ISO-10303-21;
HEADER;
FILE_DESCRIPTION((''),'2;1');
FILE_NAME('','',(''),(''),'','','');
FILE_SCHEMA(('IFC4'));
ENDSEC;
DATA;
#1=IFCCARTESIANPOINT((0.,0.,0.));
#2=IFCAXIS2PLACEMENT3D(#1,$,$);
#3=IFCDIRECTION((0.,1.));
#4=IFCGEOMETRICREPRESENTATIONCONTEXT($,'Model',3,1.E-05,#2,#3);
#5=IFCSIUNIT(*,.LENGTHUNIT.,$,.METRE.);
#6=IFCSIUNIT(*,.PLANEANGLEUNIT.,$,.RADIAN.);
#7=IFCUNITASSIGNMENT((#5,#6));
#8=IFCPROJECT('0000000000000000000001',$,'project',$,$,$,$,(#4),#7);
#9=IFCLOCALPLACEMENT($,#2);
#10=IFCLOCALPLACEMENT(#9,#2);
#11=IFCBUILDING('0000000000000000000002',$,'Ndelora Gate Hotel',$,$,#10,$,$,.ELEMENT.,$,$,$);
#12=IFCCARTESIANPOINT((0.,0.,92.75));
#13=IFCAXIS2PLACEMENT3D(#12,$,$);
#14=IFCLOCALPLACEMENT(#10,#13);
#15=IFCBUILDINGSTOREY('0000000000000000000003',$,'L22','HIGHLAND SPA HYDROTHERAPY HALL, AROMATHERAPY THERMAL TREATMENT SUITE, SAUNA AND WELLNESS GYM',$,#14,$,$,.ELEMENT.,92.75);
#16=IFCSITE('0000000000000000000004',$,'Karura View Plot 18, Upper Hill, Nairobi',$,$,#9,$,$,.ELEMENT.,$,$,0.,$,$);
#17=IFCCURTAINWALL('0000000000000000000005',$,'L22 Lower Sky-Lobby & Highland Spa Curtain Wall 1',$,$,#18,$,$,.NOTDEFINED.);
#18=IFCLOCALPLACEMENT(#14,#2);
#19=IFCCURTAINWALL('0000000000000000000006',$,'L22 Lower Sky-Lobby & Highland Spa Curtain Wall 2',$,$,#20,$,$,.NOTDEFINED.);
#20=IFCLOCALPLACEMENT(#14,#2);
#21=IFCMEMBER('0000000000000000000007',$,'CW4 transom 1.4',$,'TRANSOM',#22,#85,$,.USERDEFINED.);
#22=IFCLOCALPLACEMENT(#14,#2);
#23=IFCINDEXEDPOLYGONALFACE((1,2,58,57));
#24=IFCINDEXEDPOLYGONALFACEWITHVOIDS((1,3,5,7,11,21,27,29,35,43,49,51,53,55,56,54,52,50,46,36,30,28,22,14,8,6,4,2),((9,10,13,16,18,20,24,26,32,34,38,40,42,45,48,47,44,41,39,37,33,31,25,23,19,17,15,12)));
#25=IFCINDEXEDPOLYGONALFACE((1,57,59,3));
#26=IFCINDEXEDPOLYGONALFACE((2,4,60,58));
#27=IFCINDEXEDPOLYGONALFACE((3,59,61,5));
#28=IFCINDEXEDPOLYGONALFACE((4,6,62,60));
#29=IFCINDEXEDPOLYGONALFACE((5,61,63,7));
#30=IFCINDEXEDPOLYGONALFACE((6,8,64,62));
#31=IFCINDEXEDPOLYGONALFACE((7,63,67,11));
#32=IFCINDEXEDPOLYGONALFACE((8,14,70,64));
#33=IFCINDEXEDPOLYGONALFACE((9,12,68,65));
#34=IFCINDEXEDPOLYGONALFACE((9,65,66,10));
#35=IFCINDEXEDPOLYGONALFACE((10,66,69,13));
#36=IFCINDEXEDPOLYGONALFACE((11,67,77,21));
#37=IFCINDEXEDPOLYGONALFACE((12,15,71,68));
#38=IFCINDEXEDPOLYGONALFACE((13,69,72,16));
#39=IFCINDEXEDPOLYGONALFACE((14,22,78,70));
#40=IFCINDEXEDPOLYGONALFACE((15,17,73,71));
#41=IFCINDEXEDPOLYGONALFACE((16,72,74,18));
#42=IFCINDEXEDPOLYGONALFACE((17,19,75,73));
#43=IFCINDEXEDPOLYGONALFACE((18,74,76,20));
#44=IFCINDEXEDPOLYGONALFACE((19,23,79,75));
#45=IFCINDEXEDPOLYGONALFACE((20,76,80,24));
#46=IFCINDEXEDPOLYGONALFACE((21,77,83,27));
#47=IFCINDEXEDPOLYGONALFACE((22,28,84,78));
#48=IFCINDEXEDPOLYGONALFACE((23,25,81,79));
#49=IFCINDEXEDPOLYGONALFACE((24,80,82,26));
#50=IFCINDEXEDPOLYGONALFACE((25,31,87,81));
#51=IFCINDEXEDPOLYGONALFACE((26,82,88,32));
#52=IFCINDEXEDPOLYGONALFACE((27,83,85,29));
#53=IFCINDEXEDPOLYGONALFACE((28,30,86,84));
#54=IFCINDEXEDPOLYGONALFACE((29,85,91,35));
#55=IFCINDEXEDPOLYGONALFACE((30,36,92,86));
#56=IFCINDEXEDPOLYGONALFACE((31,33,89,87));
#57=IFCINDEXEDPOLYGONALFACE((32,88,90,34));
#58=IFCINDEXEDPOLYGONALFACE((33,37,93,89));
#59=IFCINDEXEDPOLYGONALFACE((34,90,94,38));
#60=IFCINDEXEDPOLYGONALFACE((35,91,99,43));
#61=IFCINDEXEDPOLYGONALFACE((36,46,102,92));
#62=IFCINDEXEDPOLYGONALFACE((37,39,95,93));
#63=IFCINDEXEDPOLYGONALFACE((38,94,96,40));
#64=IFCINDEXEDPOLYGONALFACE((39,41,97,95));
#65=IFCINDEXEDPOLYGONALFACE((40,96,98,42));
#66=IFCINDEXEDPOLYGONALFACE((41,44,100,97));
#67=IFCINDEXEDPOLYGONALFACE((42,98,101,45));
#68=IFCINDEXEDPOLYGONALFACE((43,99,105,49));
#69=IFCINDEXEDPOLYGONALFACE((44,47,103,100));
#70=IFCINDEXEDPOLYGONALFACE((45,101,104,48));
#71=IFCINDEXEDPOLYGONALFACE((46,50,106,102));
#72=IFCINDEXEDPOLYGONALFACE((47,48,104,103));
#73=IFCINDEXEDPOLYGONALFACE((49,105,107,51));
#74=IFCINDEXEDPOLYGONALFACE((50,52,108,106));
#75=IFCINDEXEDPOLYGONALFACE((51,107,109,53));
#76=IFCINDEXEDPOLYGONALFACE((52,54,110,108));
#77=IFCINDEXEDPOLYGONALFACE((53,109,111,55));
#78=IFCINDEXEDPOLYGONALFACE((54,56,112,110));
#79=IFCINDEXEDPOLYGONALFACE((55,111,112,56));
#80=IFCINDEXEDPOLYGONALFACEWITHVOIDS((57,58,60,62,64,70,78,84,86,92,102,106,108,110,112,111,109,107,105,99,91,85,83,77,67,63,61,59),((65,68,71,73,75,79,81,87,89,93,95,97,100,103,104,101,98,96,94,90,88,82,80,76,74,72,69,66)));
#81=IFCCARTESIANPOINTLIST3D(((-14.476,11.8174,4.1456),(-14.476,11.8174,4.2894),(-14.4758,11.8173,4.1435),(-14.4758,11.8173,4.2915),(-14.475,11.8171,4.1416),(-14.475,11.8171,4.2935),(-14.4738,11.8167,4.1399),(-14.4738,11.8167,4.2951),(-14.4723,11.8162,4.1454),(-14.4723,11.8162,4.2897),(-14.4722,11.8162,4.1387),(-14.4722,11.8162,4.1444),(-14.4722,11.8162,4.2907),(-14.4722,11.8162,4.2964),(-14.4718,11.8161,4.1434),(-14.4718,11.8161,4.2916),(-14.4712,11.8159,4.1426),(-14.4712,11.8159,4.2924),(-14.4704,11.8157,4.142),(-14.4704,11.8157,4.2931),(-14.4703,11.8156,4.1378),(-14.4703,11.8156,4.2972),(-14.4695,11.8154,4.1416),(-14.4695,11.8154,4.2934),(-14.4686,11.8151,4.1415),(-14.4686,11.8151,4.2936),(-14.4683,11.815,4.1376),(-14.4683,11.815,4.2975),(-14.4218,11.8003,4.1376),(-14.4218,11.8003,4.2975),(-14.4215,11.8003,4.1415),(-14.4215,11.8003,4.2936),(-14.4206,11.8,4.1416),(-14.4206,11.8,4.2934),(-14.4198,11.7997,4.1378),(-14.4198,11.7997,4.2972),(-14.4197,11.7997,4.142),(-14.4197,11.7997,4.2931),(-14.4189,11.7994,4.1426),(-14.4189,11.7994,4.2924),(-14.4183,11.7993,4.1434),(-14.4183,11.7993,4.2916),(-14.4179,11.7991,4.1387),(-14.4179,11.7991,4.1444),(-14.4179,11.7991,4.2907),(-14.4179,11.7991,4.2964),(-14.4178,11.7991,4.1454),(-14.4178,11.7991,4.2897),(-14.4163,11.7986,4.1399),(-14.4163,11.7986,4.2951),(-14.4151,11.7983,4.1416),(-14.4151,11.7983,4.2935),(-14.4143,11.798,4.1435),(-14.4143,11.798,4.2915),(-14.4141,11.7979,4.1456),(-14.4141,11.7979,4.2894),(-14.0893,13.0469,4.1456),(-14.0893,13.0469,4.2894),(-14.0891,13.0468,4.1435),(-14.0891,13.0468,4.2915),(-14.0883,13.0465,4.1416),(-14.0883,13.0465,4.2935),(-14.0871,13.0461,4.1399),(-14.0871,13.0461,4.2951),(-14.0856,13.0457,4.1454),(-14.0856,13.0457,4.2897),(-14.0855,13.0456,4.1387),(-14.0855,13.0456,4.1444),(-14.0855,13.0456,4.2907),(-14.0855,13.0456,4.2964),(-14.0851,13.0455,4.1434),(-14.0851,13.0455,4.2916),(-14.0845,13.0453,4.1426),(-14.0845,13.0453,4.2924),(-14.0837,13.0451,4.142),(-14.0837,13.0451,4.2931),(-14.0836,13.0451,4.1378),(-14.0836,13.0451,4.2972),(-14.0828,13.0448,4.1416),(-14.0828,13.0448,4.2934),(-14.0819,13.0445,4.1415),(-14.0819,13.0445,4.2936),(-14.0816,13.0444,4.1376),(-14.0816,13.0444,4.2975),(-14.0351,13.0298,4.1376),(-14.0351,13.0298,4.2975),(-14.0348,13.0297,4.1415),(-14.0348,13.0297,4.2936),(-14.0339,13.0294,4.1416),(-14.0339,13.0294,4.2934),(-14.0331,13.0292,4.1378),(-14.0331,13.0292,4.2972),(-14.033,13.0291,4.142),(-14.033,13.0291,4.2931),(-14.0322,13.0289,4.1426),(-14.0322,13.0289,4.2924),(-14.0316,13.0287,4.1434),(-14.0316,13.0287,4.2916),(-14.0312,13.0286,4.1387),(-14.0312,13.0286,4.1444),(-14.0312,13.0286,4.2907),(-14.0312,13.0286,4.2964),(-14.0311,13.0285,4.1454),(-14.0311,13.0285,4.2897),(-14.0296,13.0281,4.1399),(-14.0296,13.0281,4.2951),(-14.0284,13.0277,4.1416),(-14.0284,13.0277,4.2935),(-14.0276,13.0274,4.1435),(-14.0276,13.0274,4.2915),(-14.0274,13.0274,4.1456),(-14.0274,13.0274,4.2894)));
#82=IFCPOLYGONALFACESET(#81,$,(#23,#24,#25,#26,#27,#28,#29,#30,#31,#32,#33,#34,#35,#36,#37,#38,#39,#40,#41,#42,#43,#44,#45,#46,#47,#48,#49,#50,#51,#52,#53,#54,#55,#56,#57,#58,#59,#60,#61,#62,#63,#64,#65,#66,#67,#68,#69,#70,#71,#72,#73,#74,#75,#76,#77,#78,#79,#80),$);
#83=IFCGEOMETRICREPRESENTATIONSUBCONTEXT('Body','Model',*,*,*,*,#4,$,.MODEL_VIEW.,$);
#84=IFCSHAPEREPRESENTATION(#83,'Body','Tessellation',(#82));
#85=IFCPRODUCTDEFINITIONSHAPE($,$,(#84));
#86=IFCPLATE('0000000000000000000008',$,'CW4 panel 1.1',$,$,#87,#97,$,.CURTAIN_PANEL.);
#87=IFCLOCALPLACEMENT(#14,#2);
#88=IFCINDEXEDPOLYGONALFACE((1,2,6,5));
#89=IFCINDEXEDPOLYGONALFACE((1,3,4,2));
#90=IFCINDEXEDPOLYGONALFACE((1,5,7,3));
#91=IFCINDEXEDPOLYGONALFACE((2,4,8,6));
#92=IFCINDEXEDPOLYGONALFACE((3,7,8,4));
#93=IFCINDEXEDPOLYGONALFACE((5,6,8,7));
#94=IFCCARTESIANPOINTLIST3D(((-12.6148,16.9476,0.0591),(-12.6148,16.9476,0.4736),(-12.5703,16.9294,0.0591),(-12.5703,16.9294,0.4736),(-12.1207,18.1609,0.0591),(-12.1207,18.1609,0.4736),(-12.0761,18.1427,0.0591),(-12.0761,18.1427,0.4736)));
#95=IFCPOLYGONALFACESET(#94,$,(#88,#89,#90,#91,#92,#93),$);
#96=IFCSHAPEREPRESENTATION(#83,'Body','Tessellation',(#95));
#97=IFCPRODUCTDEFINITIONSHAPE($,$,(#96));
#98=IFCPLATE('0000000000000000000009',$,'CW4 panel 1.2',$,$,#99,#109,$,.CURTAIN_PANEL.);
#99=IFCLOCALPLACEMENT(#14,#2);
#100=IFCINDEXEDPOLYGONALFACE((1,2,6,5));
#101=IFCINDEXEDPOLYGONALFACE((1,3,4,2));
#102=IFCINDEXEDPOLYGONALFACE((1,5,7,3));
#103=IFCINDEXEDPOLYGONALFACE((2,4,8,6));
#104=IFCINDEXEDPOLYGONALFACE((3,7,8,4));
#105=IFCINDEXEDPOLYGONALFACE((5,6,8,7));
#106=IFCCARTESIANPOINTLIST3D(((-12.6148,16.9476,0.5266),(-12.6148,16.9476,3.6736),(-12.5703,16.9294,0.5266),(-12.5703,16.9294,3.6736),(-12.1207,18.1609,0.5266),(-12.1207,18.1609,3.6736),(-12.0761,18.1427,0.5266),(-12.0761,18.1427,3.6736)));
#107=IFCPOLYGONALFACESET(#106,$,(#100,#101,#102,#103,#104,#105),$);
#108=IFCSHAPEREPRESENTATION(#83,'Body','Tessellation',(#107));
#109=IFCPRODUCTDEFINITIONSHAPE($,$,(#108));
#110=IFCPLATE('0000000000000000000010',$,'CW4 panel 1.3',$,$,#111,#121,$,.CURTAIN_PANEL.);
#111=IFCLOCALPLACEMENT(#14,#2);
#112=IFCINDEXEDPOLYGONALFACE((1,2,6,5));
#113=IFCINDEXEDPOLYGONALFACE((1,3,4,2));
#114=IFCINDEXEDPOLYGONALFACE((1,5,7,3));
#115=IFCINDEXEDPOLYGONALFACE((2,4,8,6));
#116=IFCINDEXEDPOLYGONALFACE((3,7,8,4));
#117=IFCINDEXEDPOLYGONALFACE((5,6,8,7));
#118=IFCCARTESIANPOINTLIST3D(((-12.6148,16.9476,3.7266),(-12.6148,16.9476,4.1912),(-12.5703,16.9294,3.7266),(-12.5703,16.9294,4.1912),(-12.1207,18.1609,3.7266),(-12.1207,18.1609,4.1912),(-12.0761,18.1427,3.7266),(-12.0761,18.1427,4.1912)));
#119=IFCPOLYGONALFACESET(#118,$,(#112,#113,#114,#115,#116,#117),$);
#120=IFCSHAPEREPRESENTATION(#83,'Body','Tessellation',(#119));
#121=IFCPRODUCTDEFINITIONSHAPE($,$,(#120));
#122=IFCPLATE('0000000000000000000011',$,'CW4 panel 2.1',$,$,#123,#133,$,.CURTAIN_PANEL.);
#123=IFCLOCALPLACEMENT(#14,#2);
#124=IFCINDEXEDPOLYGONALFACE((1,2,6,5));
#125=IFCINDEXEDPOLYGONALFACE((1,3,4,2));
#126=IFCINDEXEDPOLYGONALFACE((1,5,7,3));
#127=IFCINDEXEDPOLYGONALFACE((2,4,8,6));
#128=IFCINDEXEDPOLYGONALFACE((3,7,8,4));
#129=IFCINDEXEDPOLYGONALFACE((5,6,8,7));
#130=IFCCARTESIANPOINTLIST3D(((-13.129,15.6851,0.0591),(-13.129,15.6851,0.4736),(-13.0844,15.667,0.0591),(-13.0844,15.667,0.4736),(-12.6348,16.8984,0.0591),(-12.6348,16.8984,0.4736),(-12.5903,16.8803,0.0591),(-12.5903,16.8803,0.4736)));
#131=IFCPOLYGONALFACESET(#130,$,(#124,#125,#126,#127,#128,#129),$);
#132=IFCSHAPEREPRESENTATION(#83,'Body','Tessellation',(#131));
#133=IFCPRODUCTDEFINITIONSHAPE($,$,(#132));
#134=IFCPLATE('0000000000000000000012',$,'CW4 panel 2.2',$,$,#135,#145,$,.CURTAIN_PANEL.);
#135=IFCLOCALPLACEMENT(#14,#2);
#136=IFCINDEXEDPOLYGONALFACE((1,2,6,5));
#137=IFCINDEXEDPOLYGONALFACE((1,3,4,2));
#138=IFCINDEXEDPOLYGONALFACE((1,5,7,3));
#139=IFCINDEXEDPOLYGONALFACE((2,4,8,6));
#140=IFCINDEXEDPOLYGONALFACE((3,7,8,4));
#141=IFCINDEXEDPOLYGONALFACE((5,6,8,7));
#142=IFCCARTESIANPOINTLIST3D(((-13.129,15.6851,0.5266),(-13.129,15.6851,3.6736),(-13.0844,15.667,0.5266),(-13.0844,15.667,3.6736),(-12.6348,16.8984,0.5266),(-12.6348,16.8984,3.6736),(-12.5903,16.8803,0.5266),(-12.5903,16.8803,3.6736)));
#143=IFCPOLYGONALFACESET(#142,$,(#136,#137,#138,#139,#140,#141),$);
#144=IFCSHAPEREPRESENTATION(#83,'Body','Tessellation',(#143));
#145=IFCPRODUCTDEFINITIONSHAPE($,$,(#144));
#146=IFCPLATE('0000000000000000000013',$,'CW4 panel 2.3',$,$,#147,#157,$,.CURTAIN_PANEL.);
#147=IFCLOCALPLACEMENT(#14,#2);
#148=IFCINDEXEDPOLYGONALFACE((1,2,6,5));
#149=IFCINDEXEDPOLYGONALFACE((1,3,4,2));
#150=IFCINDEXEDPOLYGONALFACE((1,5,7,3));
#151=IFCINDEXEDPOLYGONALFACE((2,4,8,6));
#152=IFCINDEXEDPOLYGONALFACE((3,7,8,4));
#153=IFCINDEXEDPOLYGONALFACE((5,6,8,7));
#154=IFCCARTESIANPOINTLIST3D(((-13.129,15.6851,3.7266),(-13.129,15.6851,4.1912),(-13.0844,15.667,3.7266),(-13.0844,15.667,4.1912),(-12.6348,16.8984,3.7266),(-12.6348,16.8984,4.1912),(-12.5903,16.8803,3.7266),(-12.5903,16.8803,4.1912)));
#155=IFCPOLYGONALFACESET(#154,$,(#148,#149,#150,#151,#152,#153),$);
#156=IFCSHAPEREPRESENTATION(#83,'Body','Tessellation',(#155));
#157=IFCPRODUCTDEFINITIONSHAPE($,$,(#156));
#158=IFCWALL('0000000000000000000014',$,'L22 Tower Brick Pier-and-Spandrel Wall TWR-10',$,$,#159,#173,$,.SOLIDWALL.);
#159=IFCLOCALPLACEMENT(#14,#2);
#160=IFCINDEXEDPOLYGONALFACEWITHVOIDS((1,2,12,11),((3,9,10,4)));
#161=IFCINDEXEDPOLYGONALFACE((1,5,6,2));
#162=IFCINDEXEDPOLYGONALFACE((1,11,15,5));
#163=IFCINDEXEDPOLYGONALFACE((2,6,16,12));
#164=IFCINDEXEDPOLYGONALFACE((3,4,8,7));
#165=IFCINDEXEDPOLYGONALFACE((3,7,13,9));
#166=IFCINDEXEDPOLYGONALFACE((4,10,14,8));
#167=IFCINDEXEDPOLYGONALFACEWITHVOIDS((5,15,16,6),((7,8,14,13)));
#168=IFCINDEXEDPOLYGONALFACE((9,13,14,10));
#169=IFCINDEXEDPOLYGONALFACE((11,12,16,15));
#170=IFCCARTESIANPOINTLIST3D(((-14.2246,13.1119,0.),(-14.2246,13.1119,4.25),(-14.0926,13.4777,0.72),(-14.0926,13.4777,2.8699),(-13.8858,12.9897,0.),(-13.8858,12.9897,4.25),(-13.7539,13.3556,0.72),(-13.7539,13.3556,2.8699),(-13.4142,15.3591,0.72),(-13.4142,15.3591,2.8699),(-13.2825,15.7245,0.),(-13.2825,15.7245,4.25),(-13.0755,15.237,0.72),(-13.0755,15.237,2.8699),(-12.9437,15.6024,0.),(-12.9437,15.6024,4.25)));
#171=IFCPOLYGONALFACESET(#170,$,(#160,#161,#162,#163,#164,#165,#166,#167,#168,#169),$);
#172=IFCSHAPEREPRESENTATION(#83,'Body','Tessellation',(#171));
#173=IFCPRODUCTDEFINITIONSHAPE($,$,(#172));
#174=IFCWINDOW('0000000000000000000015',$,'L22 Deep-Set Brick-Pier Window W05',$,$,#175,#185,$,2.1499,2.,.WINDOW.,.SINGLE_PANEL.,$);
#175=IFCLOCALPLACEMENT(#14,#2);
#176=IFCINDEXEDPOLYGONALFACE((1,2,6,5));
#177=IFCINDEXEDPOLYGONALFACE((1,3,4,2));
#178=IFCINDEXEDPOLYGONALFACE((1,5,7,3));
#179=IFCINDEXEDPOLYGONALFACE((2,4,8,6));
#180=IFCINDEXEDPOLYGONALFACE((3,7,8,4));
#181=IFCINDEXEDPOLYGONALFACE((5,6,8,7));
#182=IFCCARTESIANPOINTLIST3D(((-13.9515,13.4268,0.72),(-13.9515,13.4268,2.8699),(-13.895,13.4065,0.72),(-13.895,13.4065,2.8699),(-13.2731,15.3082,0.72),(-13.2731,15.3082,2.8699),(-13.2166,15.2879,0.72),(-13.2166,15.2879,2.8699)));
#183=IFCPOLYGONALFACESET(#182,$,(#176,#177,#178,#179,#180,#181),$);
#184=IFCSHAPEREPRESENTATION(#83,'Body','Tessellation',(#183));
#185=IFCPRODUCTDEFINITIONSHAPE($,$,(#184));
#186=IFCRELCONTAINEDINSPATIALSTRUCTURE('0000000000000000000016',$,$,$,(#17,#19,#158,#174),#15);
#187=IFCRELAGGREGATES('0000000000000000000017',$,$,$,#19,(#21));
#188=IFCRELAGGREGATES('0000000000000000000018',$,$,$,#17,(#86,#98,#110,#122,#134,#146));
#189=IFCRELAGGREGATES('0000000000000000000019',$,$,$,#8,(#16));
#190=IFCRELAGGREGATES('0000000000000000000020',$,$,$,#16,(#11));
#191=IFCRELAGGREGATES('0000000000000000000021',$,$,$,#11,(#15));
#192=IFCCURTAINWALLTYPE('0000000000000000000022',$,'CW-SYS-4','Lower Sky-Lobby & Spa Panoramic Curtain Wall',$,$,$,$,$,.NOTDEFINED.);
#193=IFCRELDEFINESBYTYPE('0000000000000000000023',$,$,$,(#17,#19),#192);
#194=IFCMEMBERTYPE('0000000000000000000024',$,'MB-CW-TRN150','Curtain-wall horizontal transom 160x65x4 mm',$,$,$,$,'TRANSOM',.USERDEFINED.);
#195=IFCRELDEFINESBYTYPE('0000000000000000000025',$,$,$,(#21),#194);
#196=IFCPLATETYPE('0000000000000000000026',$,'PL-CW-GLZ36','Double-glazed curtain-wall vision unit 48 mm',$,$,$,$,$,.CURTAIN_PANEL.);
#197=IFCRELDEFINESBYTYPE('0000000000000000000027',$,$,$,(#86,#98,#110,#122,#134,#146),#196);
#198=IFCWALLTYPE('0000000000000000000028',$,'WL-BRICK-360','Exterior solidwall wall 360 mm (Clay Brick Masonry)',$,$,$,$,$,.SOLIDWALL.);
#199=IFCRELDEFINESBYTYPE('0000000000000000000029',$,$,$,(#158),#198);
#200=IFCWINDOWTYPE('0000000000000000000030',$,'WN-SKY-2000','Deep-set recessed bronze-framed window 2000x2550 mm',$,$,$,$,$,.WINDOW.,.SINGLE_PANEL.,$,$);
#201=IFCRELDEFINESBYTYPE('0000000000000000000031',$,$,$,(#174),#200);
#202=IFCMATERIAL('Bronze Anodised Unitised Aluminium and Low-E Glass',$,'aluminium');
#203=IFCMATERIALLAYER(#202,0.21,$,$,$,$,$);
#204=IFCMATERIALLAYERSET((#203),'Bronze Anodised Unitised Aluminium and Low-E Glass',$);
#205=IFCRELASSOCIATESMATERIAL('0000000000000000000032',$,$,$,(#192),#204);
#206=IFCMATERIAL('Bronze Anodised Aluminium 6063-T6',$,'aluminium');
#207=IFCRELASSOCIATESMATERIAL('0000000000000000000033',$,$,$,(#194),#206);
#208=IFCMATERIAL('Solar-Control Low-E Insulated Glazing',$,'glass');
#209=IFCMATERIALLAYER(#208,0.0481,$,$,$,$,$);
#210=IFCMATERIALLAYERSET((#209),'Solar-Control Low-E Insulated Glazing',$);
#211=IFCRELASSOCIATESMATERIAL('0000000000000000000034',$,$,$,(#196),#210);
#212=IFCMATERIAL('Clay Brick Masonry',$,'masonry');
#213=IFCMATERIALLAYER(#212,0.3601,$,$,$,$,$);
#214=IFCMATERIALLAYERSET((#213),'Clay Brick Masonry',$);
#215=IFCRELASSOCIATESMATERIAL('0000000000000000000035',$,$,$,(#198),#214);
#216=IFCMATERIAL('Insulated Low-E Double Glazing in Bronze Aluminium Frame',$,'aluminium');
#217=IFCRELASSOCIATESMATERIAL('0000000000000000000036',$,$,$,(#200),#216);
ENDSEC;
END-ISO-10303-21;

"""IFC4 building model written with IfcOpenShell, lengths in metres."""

from ifc_helpers import new_model, si_unit, direction, frame, frame_2d, origin, origin_2d, place, context, subcontext, project, spatial, rectangle, hollow_rectangle, extrude, material, layer, layer_set, material_profile, profile_set, type_object, element, fill, aggregate, save


model = new_model("IFC4")

# Units and contexts
model_context = context("Model", 3, precision=1e-05, world=origin(), true_north=direction((0.0, 1.0)))
body_context = subcontext(model_context, "Body", "Model", "MODEL_VIEW")
ifc_project = project(units=[si_unit("LENGTHUNIT", "METRE"), si_unit("PLANEANGLEUNIT", "RADIAN")], contexts=[model_context])

# Site, building, storey
site_placement = place(None, origin())
site = spatial("IfcSite", under=ifc_project, at=site_placement, Name="Karura View Plot 18, Upper Hill, Nairobi", CompositionType="ELEMENT", RefElevation=0.0)
building_placement = place(site_placement, origin())
building = spatial("IfcBuilding", under=site, at=building_placement, Name="Ndelora Gate Hotel", CompositionType="ELEMENT")
storey_placement = place(building_placement, frame((0.0, 0.0, 92.75)))
storey = spatial("IfcBuildingStorey", under=building, at=storey_placement, Name="L22", Description="HIGHLAND SPA HYDROTHERAPY HALL, AROMATHERAPY THERMAL TREATMENT SUITE, SAUNA AND WELLNESS GYM", CompositionType="ELEMENT", Elevation=92.75)

# Curtain wall
ifc_material_1 = material(Name="Bronze Anodised Unitised Aluminium and Low-E Glass", Category="aluminium")
ifc_layer_1 = layer(ifc_material_1, 0.21)
ifc_layer_set_1 = layer_set([ifc_layer_1], Name="Bronze Anodised Unitised Aluminium and Low-E Glass")
curtain_wall_type = type_object("IfcCurtainWallType", Name="CW-SYS-4", Description="Lower Sky-Lobby & Spa Panoramic Curtain Wall", PredefinedType="NOTDEFINED", material=ifc_layer_set_1)
curtain_wall_1_placement = place(storey_placement, origin())
curtain_wall_1 = element("IfcCurtainWall", 1, at=curtain_wall_1_placement, inside=storey, type_object=curtain_wall_type, Name="L22 Lower Sky-Lobby & Highland Spa Curtain Wall 1", PredefinedType="NOTDEFINED")
ifc_material_2 = material(Name="Bronze Anodised Aluminium 6063-T6", Category="aluminium")

# Curtain wall
curtain_wall_2_placement = place(storey_placement, origin())
curtain_wall_2 = element("IfcCurtainWall", 2, at=curtain_wall_2_placement, inside=storey, type_object=curtain_wall_type, Name="L22 Lower Sky-Lobby & Highland Spa Curtain Wall 2", PredefinedType="NOTDEFINED")

# Member
ifc_material_profile_1 = material_profile(ifc_material_2, hollow_rectangle(XDim=0.0649, YDim=0.1599, WallThickness=0.0039, InnerFilletRadius=0.0039, OuterFilletRadius=0.0081, at=origin_2d()), Name="ALU 160x65x4")
ifc_profile_set_1 = profile_set([ifc_material_profile_1], Name="Bronze Anodised Aluminium 6063-T6")
member_type_1 = type_object("IfcMemberType", Name="MB-CW-TRN150", Description="Curtain-wall horizontal transom 160x65x4 mm", ElementType="TRANSOM", PredefinedType="USERDEFINED", material=ifc_profile_set_1)
member_1_placement = place(storey_placement, frame((-14.0583, 13.0371, 4.2175), z_axis=(-0.300043, -0.953926, 0.0), x_axis=(0.953926, -0.300043, 0.0)))
member_1 = element("IfcMember", 3, at=member_1_placement, type_object=member_type_1, Name="CW4 transom 1.4", ObjectType="TRANSOM", PredefinedType="USERDEFINED", context=body_context, shape_type="SweptSolid", body=[
    extrude(hollow_rectangle(XDim=0.0649, YDim=0.1599, WallThickness=0.0039, InnerFilletRadius=0.0039, OuterFilletRadius=0.0081, at=origin_2d()), origin(), (0.0, 0.0, 1.0), 1.2888),
])
aggregate(curtain_wall_2, [member_1])

# Plates
ifc_material_3 = material(Name="Solar-Control Low-E Insulated Glazing", Category="glass")
ifc_layer_2 = layer(ifc_material_3, 0.0481)
ifc_layer_set_2 = layer_set([ifc_layer_2], Name="Solar-Control Low-E Insulated Glazing")
plate_type = type_object("IfcPlateType", Name="PL-CW-GLZ36", Description="Double-glazed curtain-wall vision unit 48 mm", PredefinedType="CURTAIN_PANEL", material=ifc_layer_set_2)
plate_1_placement = place(storey_placement, frame((-12.3455, 17.5452, 0.0591), z_axis=(0.0, 0.0, 1.0), x_axis=(-0.37719, -0.926136, 0.0)))
plate_1 = element("IfcPlate", 4, at=plate_1_placement, type_object=plate_type, Name="CW4 panel 1.1", PredefinedType="CURTAIN_PANEL", context=body_context, shape_type="SweptSolid", body=[
    extrude(rectangle(XDim=1.3101, YDim=0.0481, at=origin_2d()), origin(), (0.0, 0.0, 1.0), 0.4146),
])
plate_2_placement = place(storey_placement, frame((-12.3455, 17.5452, 0.5266), z_axis=(0.0, 0.0, 1.0), x_axis=(-0.37719, -0.926136, 0.0)))
plate_2 = element("IfcPlate", 5, at=plate_2_placement, type_object=plate_type, Name="CW4 panel 1.2", PredefinedType="CURTAIN_PANEL", context=body_context, shape_type="SweptSolid", body=[
    extrude(rectangle(XDim=1.3101, YDim=0.0481, at=origin_2d()), origin(), (0.0, 0.0, 1.0), 3.147),
])
plate_3_placement = place(storey_placement, frame((-12.3455, 17.5452, 3.7266), z_axis=(0.0, 0.0, 1.0), x_axis=(-0.37719, -0.926136, 0.0)))
plate_3 = element("IfcPlate", 6, at=plate_3_placement, type_object=plate_type, Name="CW4 panel 1.3", PredefinedType="CURTAIN_PANEL", context=body_context, shape_type="SweptSolid", body=[
    extrude(rectangle(XDim=1.3101, YDim=0.0481, at=origin_2d()), origin(), (0.0, 0.0, 1.0), 0.4646),
])
plate_4_placement = place(storey_placement, frame((-12.8596, 16.2827, 0.0591), z_axis=(0.0, 0.0, 1.0), x_axis=(-0.37719, -0.926136, 0.0)))
plate_4 = element("IfcPlate", 7, at=plate_4_placement, type_object=plate_type, Name="CW4 panel 2.1", PredefinedType="CURTAIN_PANEL", context=body_context, shape_type="SweptSolid", body=[
    extrude(rectangle(XDim=1.3101, YDim=0.0481, at=origin_2d()), origin(), (0.0, 0.0, 1.0), 0.4146),
])
plate_5_placement = place(storey_placement, frame((-12.8596, 16.2827, 0.5266), z_axis=(0.0, 0.0, 1.0), x_axis=(-0.37719, -0.926136, 0.0)))
plate_5 = element("IfcPlate", 8, at=plate_5_placement, type_object=plate_type, Name="CW4 panel 2.2", PredefinedType="CURTAIN_PANEL", context=body_context, shape_type="SweptSolid", body=[
    extrude(rectangle(XDim=1.3101, YDim=0.0481, at=origin_2d()), origin(), (0.0, 0.0, 1.0), 3.147),
])
plate_6_placement = place(storey_placement, frame((-12.8596, 16.2827, 3.7266), z_axis=(0.0, 0.0, 1.0), x_axis=(-0.37719, -0.926136, 0.0)))
plate_6 = element("IfcPlate", 9, at=plate_6_placement, type_object=plate_type, Name="CW4 panel 2.3", PredefinedType="CURTAIN_PANEL", context=body_context, shape_type="SweptSolid", body=[
    extrude(rectangle(XDim=1.3101, YDim=0.0481, at=origin_2d()), origin(), (0.0, 0.0, 1.0), 0.4646),
])
aggregate(curtain_wall_1, [plate_1, plate_2, plate_3, plate_4, plate_5, plate_6])

# Wall, opening, window
ifc_material_4 = material(Name="Clay Brick Masonry", Category="masonry")
ifc_layer_3 = layer(ifc_material_4, 0.3601)
ifc_layer_set_3 = layer_set([ifc_layer_3], Name="Clay Brick Masonry")
wall_type = type_object("IfcWallType", Name="WL-BRICK-360", Description="Exterior solidwall wall 360 mm (Clay Brick Masonry)", PredefinedType="SOLIDWALL", material=ifc_layer_set_3)
wall_placement = place(storey_placement, frame((-14.0552, 13.0508, 0.0), z_axis=(0.0, 0.0, 1.0), x_axis=(0.339208, 0.940711, 0.0)))
wall = element("IfcWall", 10, at=wall_placement, inside=storey, type_object=wall_type, Name="L22 Tower Brick Pier-and-Spandrel Wall TWR-10", PredefinedType="SOLIDWALL", context=body_context, shape_type="SweptSolid", body=[
    extrude(rectangle(XDim=2.7773, YDim=0.3601, at=frame_2d((1.3887, 0.0))), origin(), (0.0, 0.0, 1.0), 4.25),
])
opening_placement = place(wall_placement, frame((0.3889, 0.0, 0.72)))
opening = element("IfcOpeningElement", 11, at=opening_placement, cuts=wall, PredefinedType="OPENING", context=body_context, shape_type="SweptSolid", body=[
    extrude(rectangle(XDim=2.0, YDim=2.1499, at=frame_2d((1.0, 1.075))), frame((0.0, 0.1899, 0.0), z_axis=(0.0, -1.0, 0.0), x_axis=(1.0, 0.0, 0.0)), (0.0, 0.0, 1.0), 0.3801),
])
ifc_material_5 = material(Name="Insulated Low-E Double Glazing in Bronze Aluminium Frame", Category="aluminium")
window_type = type_object("IfcWindowType", Name="WN-SKY-2000", Description="Deep-set recessed bronze-framed window 2000x2550 mm", PartitioningType="SINGLE_PANEL", PredefinedType="WINDOW", material=ifc_material_5)
window_placement = place(opening_placement, origin())
window = element("IfcWindow", 12, at=window_placement, inside=storey, type_object=window_type, Name="L22 Deep-Set Brick-Pier Window W05", OverallHeight=2.1499, OverallWidth=2.0, PartitioningType="SINGLE_PANEL", PredefinedType="WINDOW", context=body_context, shape_type="SweptSolid", body=[
    extrude(rectangle(XDim=2.0, YDim=2.1499, at=frame_2d((1.0, 1.075))), frame((0.0, 0.03, 0.0), z_axis=(0.0, -1.0, 0.0), x_axis=(1.0, 0.0, 0.0)), (0.0, 0.0, 1.0), 0.0601),
])
fill(opening, window)

save(model, "model.ifc")
